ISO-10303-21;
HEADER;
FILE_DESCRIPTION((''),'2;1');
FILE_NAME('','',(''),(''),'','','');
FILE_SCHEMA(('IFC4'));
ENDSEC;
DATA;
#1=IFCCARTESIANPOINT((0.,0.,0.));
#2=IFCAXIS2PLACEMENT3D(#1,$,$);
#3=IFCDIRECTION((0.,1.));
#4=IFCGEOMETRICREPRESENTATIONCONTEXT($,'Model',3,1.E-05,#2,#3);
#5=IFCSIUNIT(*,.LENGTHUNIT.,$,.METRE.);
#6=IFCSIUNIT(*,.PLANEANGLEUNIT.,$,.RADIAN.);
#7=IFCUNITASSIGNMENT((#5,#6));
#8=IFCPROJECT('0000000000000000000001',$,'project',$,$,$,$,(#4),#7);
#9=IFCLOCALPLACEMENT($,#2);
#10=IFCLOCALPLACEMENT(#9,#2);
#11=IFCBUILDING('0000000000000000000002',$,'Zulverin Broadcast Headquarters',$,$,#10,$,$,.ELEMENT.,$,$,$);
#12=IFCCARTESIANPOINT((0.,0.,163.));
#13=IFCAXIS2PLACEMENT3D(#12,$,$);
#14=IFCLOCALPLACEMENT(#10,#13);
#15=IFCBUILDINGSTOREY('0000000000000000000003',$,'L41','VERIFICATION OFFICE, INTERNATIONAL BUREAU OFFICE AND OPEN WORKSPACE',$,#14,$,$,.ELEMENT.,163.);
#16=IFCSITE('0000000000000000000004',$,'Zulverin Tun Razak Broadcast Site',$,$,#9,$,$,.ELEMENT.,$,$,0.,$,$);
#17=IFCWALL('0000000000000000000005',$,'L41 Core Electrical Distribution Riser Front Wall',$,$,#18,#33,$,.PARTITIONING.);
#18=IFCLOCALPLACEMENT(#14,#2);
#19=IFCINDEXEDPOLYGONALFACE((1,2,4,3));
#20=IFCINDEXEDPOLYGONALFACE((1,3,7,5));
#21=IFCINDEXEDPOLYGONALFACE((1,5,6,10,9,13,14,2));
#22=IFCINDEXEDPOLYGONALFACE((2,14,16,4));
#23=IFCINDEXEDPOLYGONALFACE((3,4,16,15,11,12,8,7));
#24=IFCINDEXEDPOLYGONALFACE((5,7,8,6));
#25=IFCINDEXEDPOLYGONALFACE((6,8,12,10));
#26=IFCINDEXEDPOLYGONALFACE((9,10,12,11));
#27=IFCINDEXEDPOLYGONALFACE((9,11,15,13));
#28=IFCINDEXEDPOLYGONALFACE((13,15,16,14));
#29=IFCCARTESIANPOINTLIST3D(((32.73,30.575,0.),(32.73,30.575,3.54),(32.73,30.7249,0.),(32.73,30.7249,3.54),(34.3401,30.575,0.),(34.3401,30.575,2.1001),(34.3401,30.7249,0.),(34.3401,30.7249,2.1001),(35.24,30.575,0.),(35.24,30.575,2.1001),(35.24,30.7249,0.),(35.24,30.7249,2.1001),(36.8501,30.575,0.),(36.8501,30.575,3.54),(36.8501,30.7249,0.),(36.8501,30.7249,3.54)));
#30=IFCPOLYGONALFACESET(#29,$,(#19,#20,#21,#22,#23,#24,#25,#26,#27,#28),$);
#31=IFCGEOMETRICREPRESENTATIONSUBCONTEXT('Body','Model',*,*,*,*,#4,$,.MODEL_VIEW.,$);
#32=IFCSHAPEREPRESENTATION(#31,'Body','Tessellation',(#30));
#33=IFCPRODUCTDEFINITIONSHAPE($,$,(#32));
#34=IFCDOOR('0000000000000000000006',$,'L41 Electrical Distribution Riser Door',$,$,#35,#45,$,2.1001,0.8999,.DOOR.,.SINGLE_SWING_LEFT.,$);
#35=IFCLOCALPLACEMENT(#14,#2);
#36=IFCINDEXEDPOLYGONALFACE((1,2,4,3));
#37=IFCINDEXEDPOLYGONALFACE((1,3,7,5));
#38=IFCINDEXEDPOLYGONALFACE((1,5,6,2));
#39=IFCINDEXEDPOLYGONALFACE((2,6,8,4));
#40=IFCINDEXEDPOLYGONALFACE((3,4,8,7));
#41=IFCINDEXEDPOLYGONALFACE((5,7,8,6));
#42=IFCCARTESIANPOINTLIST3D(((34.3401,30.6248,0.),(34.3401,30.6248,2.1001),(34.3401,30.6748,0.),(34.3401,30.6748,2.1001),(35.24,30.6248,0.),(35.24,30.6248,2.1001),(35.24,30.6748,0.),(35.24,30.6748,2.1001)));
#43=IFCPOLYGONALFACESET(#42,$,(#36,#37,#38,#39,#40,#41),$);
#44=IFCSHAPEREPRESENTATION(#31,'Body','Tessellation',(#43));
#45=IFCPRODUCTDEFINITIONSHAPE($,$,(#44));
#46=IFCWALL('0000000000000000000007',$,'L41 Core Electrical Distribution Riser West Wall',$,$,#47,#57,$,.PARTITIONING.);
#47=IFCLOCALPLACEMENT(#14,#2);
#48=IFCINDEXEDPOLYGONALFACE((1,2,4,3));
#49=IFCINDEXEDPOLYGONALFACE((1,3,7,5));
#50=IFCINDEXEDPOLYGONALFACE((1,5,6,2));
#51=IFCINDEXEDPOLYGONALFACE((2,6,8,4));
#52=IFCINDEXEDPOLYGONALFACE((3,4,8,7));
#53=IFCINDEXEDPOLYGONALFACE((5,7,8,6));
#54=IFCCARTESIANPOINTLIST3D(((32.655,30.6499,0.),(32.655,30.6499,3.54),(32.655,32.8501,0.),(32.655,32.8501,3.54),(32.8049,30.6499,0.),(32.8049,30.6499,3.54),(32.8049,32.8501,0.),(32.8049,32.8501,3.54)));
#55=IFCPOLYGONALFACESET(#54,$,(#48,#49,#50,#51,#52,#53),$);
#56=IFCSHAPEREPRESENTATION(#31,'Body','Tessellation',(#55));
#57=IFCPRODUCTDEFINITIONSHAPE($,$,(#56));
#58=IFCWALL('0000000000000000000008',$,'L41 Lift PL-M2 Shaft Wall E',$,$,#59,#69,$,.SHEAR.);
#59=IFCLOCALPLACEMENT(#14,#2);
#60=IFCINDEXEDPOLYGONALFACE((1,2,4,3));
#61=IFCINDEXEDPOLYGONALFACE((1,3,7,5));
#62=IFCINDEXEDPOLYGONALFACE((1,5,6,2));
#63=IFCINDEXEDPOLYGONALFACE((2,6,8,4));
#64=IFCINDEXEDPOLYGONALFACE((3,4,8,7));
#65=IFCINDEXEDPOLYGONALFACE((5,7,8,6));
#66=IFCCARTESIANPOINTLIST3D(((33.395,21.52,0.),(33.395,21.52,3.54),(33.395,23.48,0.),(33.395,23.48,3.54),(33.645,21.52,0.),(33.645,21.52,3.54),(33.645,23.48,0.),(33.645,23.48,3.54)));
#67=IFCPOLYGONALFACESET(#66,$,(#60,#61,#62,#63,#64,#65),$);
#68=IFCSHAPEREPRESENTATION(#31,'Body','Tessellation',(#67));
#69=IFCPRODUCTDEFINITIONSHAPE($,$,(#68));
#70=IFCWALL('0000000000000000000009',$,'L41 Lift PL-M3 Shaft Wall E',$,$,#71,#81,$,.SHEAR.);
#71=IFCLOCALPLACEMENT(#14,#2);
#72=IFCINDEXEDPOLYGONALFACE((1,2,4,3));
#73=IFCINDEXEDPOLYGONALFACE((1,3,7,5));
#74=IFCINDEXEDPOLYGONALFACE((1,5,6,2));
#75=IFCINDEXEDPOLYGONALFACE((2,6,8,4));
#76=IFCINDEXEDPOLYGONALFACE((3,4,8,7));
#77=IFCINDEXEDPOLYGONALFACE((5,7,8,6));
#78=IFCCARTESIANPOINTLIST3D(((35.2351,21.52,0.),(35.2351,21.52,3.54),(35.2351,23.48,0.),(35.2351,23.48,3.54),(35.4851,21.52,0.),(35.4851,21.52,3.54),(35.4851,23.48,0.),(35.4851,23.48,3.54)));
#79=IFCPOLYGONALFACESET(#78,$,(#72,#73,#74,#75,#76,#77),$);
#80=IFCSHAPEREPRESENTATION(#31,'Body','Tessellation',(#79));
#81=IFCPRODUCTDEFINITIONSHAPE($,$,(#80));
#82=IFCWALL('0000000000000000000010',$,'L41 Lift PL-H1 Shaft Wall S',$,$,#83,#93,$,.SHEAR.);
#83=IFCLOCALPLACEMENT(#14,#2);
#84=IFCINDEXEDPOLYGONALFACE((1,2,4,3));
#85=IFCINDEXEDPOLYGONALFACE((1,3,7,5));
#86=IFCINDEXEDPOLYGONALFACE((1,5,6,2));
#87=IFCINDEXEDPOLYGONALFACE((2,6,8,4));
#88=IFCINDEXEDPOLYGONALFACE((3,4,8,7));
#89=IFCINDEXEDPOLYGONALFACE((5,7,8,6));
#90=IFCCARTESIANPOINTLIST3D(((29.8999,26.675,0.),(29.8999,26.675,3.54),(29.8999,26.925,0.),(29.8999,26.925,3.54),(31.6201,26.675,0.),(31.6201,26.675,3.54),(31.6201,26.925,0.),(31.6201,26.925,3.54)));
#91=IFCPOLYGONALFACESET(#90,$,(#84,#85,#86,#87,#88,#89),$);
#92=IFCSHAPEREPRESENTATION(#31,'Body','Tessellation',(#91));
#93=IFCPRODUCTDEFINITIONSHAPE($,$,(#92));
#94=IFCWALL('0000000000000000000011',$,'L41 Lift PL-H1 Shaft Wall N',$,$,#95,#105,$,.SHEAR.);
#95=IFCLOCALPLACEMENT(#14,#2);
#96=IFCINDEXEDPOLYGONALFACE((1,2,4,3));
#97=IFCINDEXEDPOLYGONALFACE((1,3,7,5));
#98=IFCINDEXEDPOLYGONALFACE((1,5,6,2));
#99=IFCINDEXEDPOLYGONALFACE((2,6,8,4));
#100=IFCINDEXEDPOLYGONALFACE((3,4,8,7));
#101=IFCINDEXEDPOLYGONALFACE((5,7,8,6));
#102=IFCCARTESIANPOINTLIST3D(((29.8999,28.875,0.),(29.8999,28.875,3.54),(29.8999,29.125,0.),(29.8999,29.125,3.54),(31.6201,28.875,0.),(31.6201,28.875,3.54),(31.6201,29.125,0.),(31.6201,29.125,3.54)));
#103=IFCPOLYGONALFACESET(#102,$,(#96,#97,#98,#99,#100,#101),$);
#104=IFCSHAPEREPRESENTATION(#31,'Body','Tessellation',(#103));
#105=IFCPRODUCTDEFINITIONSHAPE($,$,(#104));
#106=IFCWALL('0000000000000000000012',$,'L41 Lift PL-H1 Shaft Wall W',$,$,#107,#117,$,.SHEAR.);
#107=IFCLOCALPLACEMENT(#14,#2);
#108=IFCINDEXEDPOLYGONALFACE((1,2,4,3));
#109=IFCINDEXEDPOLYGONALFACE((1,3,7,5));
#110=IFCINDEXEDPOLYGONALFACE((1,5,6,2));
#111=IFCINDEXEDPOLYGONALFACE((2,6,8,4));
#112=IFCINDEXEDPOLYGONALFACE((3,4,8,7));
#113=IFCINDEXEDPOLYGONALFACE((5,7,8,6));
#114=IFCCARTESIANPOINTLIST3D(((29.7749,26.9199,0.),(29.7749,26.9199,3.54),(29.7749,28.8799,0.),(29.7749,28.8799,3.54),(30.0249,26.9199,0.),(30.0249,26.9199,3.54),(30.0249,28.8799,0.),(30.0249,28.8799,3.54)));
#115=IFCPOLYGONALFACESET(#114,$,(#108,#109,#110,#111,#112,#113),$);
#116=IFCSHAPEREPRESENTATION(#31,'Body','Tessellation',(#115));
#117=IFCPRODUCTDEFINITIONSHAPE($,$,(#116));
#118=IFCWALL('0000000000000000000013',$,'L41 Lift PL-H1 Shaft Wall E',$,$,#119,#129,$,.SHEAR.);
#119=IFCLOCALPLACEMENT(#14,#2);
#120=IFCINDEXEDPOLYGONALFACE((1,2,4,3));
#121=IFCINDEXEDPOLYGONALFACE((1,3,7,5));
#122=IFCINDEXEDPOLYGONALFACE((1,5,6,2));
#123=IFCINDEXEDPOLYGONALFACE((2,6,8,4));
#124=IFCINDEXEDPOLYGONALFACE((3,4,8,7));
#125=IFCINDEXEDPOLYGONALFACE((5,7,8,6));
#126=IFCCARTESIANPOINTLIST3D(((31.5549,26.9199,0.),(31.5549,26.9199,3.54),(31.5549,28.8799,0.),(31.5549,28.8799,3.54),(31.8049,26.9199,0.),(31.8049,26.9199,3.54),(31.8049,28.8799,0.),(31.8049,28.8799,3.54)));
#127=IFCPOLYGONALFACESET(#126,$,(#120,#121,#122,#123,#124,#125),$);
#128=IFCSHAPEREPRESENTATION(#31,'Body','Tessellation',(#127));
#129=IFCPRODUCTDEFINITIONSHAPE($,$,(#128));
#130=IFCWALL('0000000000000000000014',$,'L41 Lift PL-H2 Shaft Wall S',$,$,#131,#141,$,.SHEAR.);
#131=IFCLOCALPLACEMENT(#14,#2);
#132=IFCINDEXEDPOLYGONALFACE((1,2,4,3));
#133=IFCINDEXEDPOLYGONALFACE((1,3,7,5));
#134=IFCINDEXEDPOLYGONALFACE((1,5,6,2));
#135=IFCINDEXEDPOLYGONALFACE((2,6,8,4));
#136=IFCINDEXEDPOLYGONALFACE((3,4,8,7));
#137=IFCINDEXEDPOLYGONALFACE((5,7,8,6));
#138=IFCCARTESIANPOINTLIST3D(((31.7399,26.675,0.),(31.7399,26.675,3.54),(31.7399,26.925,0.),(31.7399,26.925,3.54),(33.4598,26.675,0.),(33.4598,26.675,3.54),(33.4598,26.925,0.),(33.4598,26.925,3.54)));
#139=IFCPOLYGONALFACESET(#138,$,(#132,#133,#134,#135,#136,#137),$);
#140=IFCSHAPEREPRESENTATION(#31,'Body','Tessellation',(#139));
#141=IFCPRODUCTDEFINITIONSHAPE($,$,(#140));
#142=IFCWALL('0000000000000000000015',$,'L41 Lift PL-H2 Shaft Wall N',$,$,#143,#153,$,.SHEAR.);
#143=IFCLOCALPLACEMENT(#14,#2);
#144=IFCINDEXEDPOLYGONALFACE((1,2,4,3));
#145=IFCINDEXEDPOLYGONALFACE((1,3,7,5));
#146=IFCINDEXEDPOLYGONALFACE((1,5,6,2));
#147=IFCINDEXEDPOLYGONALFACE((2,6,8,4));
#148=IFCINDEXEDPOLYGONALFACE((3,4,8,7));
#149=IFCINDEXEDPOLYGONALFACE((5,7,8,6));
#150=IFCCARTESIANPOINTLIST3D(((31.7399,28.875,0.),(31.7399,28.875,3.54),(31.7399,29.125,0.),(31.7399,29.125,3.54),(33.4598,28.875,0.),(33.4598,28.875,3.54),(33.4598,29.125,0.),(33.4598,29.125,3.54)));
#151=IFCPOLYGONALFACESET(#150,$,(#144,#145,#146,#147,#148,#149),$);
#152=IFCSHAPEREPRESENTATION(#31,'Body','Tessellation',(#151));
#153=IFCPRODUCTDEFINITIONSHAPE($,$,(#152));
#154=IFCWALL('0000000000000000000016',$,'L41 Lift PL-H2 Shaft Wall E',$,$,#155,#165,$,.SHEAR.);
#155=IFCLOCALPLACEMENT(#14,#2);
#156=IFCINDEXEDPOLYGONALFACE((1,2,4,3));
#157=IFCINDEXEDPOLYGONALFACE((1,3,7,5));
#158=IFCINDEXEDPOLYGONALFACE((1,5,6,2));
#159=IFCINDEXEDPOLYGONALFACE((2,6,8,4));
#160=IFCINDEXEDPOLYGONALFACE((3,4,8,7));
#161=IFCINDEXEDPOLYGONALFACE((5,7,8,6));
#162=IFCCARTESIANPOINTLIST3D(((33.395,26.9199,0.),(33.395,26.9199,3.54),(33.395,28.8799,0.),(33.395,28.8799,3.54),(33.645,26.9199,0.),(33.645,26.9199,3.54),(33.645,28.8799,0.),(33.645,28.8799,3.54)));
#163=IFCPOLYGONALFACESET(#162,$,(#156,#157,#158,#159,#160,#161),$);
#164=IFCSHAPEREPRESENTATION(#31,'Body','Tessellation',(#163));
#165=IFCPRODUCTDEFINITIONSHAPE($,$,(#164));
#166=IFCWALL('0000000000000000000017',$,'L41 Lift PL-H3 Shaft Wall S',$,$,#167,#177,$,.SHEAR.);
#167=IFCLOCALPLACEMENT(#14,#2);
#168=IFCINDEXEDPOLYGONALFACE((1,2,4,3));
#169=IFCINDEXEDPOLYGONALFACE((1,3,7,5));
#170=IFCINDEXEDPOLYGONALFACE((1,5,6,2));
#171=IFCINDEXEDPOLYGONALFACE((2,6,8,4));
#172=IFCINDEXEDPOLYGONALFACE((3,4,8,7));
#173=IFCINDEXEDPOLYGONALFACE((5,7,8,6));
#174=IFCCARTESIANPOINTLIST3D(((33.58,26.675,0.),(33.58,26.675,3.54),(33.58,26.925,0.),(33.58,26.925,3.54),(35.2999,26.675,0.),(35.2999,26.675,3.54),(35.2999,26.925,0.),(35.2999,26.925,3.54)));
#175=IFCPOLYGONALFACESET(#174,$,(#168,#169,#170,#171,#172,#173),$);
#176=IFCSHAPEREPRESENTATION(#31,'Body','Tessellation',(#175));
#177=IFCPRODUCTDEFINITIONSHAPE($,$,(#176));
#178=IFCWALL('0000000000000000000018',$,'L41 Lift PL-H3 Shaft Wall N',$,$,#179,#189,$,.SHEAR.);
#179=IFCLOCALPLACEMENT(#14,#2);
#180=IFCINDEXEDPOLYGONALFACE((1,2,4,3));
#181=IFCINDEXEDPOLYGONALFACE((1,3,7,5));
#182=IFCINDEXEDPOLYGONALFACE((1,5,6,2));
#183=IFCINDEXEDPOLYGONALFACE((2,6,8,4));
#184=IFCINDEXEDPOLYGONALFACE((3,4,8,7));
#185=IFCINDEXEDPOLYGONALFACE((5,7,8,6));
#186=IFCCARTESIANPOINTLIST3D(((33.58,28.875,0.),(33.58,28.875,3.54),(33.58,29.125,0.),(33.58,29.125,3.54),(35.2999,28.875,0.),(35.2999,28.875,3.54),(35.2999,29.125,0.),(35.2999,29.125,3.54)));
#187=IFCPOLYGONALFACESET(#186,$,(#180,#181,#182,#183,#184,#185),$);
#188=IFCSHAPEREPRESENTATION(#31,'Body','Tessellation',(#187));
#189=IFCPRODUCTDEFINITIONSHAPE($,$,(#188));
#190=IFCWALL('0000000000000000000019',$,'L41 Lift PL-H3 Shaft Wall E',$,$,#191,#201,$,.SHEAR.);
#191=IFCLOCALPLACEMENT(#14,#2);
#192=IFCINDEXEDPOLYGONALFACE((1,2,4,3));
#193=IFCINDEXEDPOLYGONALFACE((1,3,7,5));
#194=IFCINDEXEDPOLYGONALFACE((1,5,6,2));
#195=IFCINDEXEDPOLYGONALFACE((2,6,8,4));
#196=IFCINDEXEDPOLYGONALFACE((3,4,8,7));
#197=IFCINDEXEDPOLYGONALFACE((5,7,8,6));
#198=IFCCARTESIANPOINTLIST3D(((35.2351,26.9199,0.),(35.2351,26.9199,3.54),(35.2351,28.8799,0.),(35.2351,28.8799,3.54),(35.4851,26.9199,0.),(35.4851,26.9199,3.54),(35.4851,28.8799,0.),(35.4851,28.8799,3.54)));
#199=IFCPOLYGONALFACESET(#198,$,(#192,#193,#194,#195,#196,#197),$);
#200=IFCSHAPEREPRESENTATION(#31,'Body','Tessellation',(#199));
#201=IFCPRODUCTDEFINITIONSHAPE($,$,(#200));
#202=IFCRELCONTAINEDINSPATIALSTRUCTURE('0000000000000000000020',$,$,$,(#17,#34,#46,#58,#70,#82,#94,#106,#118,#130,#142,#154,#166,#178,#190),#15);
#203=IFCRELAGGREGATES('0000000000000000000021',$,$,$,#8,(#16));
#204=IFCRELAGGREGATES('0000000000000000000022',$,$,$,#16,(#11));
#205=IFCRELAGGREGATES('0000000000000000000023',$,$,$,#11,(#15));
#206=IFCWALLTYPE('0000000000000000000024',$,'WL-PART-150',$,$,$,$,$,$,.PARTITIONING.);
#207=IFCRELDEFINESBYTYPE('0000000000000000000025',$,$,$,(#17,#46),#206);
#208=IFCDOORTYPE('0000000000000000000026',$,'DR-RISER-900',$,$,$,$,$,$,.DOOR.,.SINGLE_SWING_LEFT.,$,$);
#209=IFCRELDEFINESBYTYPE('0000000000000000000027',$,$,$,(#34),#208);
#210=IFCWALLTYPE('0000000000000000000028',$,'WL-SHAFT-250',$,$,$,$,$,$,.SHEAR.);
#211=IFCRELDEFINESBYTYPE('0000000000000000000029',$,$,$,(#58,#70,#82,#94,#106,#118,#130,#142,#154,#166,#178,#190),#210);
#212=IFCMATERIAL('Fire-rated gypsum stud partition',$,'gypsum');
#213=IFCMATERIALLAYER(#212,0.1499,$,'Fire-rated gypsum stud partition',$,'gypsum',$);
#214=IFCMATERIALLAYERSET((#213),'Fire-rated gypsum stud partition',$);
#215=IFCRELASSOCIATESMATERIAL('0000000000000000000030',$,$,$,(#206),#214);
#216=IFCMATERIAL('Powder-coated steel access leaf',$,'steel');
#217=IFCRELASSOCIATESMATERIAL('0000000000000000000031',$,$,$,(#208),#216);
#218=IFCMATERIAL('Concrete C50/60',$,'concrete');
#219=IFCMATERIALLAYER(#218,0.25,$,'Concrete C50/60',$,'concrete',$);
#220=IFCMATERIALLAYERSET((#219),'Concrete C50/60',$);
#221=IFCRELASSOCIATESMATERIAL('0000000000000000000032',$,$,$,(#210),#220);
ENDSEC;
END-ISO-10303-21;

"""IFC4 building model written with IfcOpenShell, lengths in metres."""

from ifc_helpers import new_model, si_unit, direction, frame, frame_2d, origin, place, context, subcontext, project, spatial, rectangle, extrude, material, layer, layer_set, type_object, element, fill, save


model = new_model("IFC4")

# Units and contexts
model_context = context("Model", 3, precision=1e-05, world=origin(), true_north=direction((0.0, 1.0)))
body_context = subcontext(model_context, "Body", "Model", "MODEL_VIEW")
ifc_project = project(units=[si_unit("LENGTHUNIT", "METRE"), si_unit("PLANEANGLEUNIT", "RADIAN")], contexts=[model_context])

# Site, building, storey
site_placement = place(None, origin())
site = spatial("IfcSite", under=ifc_project, at=site_placement, Name="Zulverin Tun Razak Broadcast Site", CompositionType="ELEMENT", RefElevation=0.0)
building_placement = place(site_placement, origin())
building = spatial("IfcBuilding", under=site, at=building_placement, Name="Zulverin Broadcast Headquarters", CompositionType="ELEMENT")
storey_placement = place(building_placement, frame((0.0, 0.0, 163.0)))
storey = spatial("IfcBuildingStorey", under=building, at=storey_placement, Name="L41", Description="VERIFICATION OFFICE, INTERNATIONAL BUREAU OFFICE AND OPEN WORKSPACE", CompositionType="ELEMENT", Elevation=163.0)

# Wall, opening, door
ifc_material_1 = material(Name="Fire-rated gypsum stud partition", Category="gypsum")
ifc_layer_1 = layer(ifc_material_1, 0.1499, Name="Fire-rated gypsum stud partition", Category="gypsum")
ifc_layer_set_1 = layer_set([ifc_layer_1], Name="Fire-rated gypsum stud partition")
wall_type_1 = type_object("IfcWallType", Name="WL-PART-150", PredefinedType="PARTITIONING", material=ifc_layer_set_1)
wall_1_placement = place(storey_placement, frame((32.73, 30.6499, 0.0), z_axis=(0.0, 0.0, 1.0), x_axis=(1.0, 0.0, 0.0)))
wall_1 = element("IfcWall", 1, at=wall_1_placement, inside=storey, type_object=wall_type_1, Name="L41 Core Electrical Distribution Riser Front Wall", PredefinedType="PARTITIONING", context=body_context, shape_type="SweptSolid", body=[
    extrude(rectangle(XDim=4.1201, YDim=0.1499, at=frame_2d((2.0601, 0.0))), origin(), (0.0, 0.0, 1.0), 3.54),
])
opening_1_placement = place(wall_1_placement, frame((1.6101, 0.0, 0.0)))
opening_1 = element("IfcOpeningElement", 2, at=opening_1_placement, cuts=wall_1, PredefinedType="OPENING", context=body_context, shape_type="SweptSolid", body=[
    extrude(rectangle(XDim=0.8999, YDim=2.1001, at=frame_2d((0.45, 1.05))), frame((0.0, 0.085, 0.0), z_axis=(0.0, -1.0, 0.0), x_axis=(1.0, 0.0, 0.0)), (0.0, 0.0, 1.0), 0.1699),
])
ifc_material_2 = material(Name="Powder-coated steel access leaf", Category="steel")
door_type_1 = type_object("IfcDoorType", Name="DR-RISER-900", OperationType="SINGLE_SWING_LEFT", PredefinedType="DOOR", material=ifc_material_2)
door_1_placement = place(opening_1_placement, origin())
door_1 = element("IfcDoor", 3, at=door_1_placement, inside=storey, type_object=door_type_1, Name="L41 Electrical Distribution Riser Door", OperationType="SINGLE_SWING_LEFT", OverallHeight=2.1001, OverallWidth=0.8999, PredefinedType="DOOR", context=body_context, shape_type="SweptSolid", body=[
    extrude(rectangle(XDim=0.8999, YDim=2.1001, at=frame_2d((0.45, 1.05))), frame((0.0, 0.0249, 0.0), z_axis=(0.0, -1.0, 0.0), x_axis=(1.0, 0.0, 0.0)), (0.0, 0.0, 1.0), 0.05),
])
fill(opening_1, door_1)

# Wall
wall_2_placement = place(storey_placement, frame((32.73, 30.6499, 0.0), z_axis=(0.0, 0.0, 1.0), x_axis=(0.0, 1.0, 0.0)))
element("IfcWall", 4, at=wall_2_placement, inside=storey, type_object=wall_type_1, Name="L41 Core Electrical Distribution Riser West Wall", PredefinedType="PARTITIONING", context=body_context, shape_type="SweptSolid", body=[
    extrude(rectangle(XDim=2.2002, YDim=0.1499, at=frame_2d((1.1001, 0.0))), origin(), (0.0, 0.0, 1.0), 3.54),
])

# Shared definitions
ifc_material_3 = material(Name="Concrete C50/60", Category="concrete")
ifc_layer_2 = layer(ifc_material_3, 0.25, Name="Concrete C50/60", Category="concrete")
ifc_layer_set_2 = layer_set([ifc_layer_2], Name="Concrete C50/60")
wall_type_2 = type_object("IfcWallType", Name="WL-SHAFT-250", PredefinedType="SHEAR", material=ifc_layer_set_2)

# Wall
wall_3_placement = place(storey_placement, frame((33.52, 21.52, 0.0), z_axis=(0.0, 0.0, 1.0), x_axis=(0.0, 1.0, 0.0)))
element("IfcWall", 5, at=wall_3_placement, inside=storey, type_object=wall_type_2, Name="L41 Lift PL-M2 Shaft Wall E", PredefinedType="SHEAR", context=body_context, shape_type="SweptSolid", body=[
    extrude(rectangle(XDim=1.96, YDim=0.25, at=frame_2d((0.98, 0.0))), origin(), (0.0, 0.0, 1.0), 3.54),
])

# Walls
wall_4_placement = place(storey_placement, frame((35.3601, 21.52, 0.0), z_axis=(0.0, 0.0, 1.0), x_axis=(0.0, 1.0, 0.0)))
element("IfcWall", 6, at=wall_4_placement, inside=storey, type_object=wall_type_2, Name="L41 Lift PL-M3 Shaft Wall E", PredefinedType="SHEAR", context=body_context, shape_type="SweptSolid", body=[
    extrude(rectangle(XDim=1.96, YDim=0.25, at=frame_2d((0.98, 0.0))), origin(), (0.0, 0.0, 1.0), 3.54),
])
for number, where, z_axis, x_axis, name in (
    (7, (29.8999, 26.8, 0.0), (0.0, 0.0, 1.0), (1.0, 0.0, 0.0), "L41 Lift PL-H1 Shaft Wall S"),
    (8, (29.8999, 29.0, 0.0), (0.0, 0.0, 1.0), (1.0, 0.0, 0.0), "L41 Lift PL-H1 Shaft Wall N"),
):
    element("IfcWall", number, at=place(storey_placement, frame(where, z_axis=z_axis, x_axis=x_axis)), inside=storey, type_object=wall_type_2, Name=name, PredefinedType="SHEAR", context=body_context, shape_type="SweptSolid", body=[
        extrude(rectangle(XDim=1.7202, YDim=0.25, at=frame_2d((0.8601, 0.0))), origin(), (0.0, 0.0, 1.0), 3.54),
    ])
for number, where, z_axis, x_axis, name in (
    (9, (29.8999, 26.9199, 0.0), (0.0, 0.0, 1.0), (0.0, 1.0, 0.0), "L41 Lift PL-H1 Shaft Wall W"),
    (10, (31.6799, 26.9199, 0.0), (0.0, 0.0, 1.0), (0.0, 1.0, 0.0), "L41 Lift PL-H1 Shaft Wall E"),
):
    element("IfcWall", number, at=place(storey_placement, frame(where, z_axis=z_axis, x_axis=x_axis)), inside=storey, type_object=wall_type_2, Name=name, PredefinedType="SHEAR", context=body_context, shape_type="SweptSolid", body=[
        extrude(rectangle(XDim=1.96, YDim=0.25, at=frame_2d((0.98, 0.0))), origin(), (0.0, 0.0, 1.0), 3.54),
    ])
for number, where, z_axis, x_axis, name in (
    (11, (31.74, 26.8, 0.0), (0.0, 0.0, 1.0), (1.0, 0.0, 0.0), "L41 Lift PL-H2 Shaft Wall S"),
    (12, (31.74, 29.0, 0.0), (0.0, 0.0, 1.0), (1.0, 0.0, 0.0), "L41 Lift PL-H2 Shaft Wall N"),
):
    element("IfcWall", number, at=place(storey_placement, frame(where, z_axis=z_axis, x_axis=x_axis)), inside=storey, type_object=wall_type_2, Name=name, PredefinedType="SHEAR", context=body_context, shape_type="SweptSolid", body=[
        extrude(rectangle(XDim=1.72, YDim=0.25, at=frame_2d((0.8599, 0.0))), origin(), (0.0, 0.0, 1.0), 3.54),
    ])
wall_5_placement = place(storey_placement, frame((33.52, 26.9199, 0.0), z_axis=(0.0, 0.0, 1.0), x_axis=(0.0, 1.0, 0.0)))
element("IfcWall", 13, at=wall_5_placement, inside=storey, type_object=wall_type_2, Name="L41 Lift PL-H2 Shaft Wall E", PredefinedType="SHEAR", context=body_context, shape_type="SweptSolid", body=[
    extrude(rectangle(XDim=1.96, YDim=0.25, at=frame_2d((0.98, 0.0))), origin(), (0.0, 0.0, 1.0), 3.54),
])
for number, where, z_axis, x_axis, name in (
    (14, (33.5801, 26.8, 0.0), (0.0, 0.0, 1.0), (1.0, 0.0, 0.0), "L41 Lift PL-H3 Shaft Wall S"),
    (15, (33.5801, 29.0, 0.0), (0.0, 0.0, 1.0), (1.0, 0.0, 0.0), "L41 Lift PL-H3 Shaft Wall N"),
):
    element("IfcWall", number, at=place(storey_placement, frame(where, z_axis=z_axis, x_axis=x_axis)), inside=storey, type_object=wall_type_2, Name=name, PredefinedType="SHEAR", context=body_context, shape_type="SweptSolid", body=[
        extrude(rectangle(XDim=1.72, YDim=0.25, at=frame_2d((0.8599, 0.0))), origin(), (0.0, 0.0, 1.0), 3.54),
    ])
wall_6_placement = place(storey_placement, frame((35.3601, 26.9199, 0.0), z_axis=(0.0, 0.0, 1.0), x_axis=(0.0, 1.0, 0.0)))
element("IfcWall", 16, at=wall_6_placement, inside=storey, type_object=wall_type_2, Name="L41 Lift PL-H3 Shaft Wall E", PredefinedType="SHEAR", context=body_context, shape_type="SweptSolid", body=[
    extrude(rectangle(XDim=1.96, YDim=0.25, at=frame_2d((0.98, 0.0))), origin(), (0.0, 0.0, 1.0), 3.54),
])

save(model, "model.ifc")
